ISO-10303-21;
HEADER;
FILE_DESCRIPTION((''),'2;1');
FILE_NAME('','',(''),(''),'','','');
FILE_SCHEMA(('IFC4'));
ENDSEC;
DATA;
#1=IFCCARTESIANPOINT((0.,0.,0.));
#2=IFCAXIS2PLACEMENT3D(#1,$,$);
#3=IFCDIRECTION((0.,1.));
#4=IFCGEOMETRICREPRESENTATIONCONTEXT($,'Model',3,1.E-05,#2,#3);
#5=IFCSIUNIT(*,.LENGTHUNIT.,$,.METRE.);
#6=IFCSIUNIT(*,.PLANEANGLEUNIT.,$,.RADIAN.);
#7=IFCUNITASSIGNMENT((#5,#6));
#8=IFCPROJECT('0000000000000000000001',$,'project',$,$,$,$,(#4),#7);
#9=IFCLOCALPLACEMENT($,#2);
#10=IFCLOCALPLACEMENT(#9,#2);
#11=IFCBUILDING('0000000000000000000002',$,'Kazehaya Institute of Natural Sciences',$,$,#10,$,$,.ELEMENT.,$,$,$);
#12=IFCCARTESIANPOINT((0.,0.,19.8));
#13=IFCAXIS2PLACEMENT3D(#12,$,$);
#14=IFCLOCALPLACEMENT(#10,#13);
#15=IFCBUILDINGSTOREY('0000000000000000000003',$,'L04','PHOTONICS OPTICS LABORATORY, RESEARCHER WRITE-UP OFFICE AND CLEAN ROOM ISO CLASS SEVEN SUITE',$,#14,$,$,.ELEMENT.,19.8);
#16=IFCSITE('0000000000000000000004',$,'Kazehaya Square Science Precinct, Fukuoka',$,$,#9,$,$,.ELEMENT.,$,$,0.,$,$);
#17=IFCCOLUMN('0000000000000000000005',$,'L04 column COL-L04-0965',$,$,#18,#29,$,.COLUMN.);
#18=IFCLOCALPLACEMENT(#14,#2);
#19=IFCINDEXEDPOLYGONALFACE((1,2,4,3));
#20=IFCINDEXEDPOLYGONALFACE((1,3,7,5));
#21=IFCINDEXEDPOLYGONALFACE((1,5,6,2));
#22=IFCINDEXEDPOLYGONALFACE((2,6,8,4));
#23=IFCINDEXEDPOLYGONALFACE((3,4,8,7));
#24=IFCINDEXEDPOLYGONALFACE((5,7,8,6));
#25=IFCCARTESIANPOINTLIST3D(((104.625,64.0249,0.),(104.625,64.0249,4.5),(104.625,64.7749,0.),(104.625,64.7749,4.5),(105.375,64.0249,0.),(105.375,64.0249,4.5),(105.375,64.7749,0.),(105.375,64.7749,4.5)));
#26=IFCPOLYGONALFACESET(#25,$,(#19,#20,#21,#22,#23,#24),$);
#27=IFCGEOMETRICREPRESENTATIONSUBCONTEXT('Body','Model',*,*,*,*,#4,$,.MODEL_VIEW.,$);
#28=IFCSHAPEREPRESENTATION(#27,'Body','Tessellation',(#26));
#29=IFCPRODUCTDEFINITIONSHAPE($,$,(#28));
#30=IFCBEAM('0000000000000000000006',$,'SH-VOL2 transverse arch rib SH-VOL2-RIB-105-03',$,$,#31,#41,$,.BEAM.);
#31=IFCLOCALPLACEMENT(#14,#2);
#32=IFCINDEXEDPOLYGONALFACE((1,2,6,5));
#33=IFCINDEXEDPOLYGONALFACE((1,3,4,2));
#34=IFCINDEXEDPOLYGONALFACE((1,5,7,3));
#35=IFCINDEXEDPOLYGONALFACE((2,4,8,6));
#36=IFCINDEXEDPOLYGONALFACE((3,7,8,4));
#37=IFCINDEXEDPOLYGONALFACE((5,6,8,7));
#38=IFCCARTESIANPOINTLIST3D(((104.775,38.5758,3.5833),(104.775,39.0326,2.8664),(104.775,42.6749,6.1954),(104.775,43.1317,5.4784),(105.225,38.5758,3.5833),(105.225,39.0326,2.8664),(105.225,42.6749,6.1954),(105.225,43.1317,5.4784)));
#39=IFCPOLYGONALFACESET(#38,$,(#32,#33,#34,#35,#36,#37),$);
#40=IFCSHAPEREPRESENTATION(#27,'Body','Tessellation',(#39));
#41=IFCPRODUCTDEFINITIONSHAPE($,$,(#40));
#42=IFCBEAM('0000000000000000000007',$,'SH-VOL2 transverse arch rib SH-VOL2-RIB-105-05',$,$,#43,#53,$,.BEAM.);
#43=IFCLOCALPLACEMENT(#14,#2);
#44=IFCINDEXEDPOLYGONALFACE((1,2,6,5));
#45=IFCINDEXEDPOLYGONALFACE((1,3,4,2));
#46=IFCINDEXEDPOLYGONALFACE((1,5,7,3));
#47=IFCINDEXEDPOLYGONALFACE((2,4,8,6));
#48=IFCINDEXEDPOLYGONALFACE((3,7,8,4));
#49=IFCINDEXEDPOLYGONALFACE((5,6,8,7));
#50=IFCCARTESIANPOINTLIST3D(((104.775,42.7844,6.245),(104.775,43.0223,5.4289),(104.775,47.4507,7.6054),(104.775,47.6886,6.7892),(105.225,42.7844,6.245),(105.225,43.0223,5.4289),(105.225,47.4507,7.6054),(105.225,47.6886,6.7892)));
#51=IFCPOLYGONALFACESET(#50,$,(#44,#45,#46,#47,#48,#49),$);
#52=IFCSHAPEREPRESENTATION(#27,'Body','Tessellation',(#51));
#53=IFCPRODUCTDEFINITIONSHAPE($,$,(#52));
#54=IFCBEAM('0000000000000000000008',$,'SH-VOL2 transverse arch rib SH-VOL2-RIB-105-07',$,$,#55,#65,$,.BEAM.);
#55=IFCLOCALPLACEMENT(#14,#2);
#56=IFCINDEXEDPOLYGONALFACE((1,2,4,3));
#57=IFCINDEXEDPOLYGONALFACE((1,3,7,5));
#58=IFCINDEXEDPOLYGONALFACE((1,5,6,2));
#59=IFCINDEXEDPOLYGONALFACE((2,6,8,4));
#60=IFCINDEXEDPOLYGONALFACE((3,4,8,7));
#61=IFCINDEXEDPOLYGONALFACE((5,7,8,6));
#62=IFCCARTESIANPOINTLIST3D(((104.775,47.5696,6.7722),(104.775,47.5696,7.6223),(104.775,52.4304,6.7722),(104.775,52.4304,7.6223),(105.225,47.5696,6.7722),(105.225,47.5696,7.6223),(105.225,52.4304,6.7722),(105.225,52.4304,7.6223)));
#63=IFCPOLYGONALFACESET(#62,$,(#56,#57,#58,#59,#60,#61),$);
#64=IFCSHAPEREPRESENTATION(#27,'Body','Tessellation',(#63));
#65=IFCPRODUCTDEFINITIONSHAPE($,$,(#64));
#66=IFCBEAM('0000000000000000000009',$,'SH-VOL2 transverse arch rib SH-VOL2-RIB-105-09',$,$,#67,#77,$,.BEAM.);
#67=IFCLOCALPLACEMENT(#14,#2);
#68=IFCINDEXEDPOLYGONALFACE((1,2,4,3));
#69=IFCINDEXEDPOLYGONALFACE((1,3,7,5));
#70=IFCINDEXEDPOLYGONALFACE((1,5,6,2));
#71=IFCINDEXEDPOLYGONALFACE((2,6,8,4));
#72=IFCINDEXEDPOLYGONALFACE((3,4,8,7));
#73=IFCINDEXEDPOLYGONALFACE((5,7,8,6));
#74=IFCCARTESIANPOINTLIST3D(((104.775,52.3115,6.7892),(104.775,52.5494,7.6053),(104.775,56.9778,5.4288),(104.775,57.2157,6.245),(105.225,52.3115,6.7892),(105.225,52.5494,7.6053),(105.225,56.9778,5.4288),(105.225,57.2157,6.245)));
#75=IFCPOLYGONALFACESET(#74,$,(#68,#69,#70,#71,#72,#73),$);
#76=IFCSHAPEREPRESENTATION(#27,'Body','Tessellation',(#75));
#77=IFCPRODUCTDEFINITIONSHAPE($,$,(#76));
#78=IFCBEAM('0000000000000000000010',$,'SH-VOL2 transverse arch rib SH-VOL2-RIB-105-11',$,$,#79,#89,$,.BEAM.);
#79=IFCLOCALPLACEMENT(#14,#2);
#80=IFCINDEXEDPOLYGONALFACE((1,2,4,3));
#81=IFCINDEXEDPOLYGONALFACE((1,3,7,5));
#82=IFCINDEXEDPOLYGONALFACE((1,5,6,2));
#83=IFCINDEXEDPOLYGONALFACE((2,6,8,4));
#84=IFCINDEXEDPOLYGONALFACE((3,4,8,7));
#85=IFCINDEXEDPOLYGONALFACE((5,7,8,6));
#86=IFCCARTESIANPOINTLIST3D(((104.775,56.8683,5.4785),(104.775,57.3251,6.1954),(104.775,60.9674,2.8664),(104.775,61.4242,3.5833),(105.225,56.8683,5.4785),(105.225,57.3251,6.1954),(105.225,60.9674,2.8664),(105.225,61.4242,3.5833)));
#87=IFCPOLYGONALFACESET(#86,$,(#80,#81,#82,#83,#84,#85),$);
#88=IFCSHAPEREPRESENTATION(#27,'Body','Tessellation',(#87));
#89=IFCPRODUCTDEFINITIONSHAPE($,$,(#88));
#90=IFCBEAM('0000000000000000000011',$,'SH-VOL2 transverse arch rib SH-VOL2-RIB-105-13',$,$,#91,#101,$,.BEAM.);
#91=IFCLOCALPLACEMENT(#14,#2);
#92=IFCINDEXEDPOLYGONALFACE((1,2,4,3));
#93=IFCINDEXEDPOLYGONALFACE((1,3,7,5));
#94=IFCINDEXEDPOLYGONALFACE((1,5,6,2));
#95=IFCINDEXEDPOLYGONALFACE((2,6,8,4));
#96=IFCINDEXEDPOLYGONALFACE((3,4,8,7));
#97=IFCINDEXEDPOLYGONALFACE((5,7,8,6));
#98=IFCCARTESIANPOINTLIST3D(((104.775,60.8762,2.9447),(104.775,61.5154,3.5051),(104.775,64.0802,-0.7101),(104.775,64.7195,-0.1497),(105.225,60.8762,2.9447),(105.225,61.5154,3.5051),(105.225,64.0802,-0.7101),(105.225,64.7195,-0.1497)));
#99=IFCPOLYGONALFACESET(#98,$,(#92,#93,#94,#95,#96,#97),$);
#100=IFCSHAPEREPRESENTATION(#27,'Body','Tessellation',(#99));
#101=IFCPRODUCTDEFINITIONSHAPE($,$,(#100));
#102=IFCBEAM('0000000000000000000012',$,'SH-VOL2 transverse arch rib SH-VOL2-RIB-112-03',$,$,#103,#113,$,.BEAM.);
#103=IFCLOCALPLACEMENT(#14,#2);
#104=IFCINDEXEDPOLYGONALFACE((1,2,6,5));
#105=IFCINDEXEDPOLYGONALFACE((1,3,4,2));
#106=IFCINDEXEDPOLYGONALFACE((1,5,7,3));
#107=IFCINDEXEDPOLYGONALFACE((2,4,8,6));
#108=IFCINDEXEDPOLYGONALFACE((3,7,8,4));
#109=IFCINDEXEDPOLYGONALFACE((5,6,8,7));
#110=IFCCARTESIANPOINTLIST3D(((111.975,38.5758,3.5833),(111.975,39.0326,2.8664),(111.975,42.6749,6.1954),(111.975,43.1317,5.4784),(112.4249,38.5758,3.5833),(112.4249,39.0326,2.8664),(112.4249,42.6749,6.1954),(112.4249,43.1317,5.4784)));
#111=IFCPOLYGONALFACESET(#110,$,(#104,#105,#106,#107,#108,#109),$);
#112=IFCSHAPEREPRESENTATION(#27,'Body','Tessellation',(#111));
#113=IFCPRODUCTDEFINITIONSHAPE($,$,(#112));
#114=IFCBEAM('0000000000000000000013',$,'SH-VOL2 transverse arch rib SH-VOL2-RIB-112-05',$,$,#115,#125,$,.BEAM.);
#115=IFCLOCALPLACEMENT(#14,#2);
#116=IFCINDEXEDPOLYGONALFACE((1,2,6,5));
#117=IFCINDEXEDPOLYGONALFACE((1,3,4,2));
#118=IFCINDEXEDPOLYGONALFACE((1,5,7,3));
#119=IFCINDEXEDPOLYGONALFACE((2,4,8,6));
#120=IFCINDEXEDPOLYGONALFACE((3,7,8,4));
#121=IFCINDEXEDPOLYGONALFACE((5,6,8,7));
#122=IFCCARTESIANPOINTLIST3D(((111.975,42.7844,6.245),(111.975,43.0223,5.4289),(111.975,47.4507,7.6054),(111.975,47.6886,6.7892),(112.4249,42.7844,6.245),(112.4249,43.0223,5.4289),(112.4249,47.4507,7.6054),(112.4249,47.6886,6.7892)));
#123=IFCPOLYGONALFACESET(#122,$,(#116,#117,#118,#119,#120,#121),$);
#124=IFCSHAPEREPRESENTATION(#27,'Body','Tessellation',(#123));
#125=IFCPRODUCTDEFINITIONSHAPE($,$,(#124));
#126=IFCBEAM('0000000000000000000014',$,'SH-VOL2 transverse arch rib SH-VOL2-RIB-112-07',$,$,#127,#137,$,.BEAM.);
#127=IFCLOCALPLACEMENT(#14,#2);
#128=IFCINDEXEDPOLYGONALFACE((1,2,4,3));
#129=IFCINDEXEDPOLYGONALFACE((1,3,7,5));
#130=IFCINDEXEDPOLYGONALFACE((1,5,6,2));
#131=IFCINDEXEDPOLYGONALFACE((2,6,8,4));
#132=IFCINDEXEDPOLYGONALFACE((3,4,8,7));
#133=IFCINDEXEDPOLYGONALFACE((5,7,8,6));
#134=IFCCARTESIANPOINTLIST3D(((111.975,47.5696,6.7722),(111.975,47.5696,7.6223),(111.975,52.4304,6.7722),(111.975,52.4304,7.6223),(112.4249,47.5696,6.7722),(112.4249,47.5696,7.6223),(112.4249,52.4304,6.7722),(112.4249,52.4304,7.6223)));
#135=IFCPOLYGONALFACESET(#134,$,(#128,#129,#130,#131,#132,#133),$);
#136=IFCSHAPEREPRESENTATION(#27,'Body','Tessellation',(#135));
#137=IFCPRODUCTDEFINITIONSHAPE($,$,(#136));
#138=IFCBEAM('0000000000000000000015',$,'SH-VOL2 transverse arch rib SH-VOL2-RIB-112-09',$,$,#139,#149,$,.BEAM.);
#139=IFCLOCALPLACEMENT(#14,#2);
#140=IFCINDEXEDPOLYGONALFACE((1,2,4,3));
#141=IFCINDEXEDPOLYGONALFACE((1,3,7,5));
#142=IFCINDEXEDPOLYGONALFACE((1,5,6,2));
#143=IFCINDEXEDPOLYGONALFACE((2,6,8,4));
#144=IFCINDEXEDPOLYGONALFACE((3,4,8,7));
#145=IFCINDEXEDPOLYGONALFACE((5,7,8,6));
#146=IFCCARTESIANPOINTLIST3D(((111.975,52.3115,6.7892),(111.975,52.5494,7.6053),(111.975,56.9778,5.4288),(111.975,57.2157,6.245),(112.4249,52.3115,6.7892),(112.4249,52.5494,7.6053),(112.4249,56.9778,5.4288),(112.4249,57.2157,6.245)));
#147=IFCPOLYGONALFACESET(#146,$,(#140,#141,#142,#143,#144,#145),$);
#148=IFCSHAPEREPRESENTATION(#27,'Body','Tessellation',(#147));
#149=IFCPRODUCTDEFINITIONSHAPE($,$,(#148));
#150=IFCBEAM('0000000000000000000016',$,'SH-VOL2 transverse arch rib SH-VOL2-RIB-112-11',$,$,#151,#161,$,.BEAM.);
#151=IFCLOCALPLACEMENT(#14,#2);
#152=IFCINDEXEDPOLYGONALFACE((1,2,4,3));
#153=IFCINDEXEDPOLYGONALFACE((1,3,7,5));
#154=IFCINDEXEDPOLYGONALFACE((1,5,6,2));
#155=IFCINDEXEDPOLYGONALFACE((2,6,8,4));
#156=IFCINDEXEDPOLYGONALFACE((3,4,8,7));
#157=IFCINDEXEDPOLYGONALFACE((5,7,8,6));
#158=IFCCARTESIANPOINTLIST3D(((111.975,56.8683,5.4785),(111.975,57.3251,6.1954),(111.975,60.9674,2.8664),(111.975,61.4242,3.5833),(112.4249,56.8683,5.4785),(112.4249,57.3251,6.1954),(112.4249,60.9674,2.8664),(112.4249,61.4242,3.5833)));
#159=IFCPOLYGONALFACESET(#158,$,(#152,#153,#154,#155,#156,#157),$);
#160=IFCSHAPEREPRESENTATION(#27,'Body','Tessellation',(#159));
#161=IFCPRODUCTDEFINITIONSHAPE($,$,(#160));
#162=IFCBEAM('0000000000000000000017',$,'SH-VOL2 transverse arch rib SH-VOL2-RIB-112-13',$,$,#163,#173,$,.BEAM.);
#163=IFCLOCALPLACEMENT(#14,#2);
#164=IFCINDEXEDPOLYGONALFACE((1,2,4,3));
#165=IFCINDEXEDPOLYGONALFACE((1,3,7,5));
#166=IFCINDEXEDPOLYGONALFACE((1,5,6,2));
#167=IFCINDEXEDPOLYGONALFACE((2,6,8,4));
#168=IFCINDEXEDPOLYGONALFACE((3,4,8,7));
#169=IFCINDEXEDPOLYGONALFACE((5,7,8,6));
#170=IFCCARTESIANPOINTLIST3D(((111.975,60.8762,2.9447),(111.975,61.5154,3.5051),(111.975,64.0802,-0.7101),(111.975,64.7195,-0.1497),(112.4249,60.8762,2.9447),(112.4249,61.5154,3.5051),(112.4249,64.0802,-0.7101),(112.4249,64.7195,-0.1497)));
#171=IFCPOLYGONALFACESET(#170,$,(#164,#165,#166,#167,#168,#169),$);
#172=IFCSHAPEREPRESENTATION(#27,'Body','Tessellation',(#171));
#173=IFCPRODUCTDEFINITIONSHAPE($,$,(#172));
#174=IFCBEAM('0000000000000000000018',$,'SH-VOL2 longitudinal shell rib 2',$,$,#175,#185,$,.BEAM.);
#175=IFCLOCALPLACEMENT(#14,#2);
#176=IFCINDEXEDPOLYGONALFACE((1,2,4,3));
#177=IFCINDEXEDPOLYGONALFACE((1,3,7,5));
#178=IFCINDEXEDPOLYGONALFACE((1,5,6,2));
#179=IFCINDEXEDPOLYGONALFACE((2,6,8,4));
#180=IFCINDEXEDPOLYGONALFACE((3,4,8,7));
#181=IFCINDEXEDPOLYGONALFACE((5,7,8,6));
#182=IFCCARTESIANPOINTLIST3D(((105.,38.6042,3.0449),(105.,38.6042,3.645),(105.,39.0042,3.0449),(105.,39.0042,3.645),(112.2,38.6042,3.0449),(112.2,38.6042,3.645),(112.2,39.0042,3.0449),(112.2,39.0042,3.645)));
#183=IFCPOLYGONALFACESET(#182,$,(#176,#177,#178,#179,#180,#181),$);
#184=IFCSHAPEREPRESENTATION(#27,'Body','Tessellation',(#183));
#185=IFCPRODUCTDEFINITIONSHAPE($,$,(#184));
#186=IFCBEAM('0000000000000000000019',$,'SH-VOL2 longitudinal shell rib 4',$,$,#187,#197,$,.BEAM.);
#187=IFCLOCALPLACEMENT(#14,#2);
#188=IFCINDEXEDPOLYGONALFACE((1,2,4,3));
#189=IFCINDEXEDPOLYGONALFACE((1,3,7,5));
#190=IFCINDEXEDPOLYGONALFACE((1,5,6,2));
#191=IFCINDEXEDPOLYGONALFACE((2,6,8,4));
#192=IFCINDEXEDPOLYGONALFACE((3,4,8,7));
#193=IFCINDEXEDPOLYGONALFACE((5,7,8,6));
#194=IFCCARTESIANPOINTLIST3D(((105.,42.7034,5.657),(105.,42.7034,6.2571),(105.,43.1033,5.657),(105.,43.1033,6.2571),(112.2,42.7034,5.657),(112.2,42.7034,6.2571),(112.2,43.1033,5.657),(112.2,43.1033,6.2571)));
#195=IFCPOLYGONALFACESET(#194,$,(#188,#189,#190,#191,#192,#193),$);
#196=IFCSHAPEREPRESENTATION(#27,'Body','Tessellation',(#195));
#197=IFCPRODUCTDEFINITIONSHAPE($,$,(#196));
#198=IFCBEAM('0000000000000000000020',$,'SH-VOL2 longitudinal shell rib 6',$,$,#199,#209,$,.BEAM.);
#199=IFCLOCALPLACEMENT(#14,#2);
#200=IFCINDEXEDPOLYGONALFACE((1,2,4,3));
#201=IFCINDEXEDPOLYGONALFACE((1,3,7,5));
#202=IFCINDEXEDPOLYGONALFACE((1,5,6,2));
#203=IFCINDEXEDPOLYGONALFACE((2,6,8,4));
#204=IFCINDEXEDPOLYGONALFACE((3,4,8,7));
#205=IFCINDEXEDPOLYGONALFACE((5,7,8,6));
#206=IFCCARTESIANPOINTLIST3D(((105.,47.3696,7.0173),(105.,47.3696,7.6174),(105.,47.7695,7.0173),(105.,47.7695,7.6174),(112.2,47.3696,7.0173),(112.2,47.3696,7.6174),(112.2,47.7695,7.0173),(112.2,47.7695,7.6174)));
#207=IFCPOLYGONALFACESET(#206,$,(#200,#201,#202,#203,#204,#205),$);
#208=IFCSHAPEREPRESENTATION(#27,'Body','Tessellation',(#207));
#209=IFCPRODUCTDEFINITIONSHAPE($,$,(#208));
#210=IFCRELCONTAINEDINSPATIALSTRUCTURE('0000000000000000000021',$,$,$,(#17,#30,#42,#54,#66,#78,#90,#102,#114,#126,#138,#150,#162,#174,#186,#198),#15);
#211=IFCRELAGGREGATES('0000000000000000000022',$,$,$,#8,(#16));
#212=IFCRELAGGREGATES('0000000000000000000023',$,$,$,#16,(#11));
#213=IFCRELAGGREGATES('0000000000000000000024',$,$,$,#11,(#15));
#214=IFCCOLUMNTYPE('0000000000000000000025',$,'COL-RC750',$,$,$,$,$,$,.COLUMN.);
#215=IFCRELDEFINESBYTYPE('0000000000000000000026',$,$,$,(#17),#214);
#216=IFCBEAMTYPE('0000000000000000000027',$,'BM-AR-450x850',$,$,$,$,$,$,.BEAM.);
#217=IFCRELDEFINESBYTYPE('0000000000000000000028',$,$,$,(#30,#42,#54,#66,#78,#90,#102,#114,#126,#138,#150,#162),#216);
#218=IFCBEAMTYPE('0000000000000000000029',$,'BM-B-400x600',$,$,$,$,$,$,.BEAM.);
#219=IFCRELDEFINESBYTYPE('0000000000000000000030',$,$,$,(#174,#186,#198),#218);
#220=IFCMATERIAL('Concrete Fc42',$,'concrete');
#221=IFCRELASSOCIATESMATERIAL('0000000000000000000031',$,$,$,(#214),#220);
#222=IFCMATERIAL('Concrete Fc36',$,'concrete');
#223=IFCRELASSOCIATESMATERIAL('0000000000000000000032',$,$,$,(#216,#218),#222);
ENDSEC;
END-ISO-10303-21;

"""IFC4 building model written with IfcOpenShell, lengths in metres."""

from ifc_helpers import new_model, si_unit, direction, frame, origin, origin_2d, place, context, subcontext, project, spatial, rectangle, extrude, material, material_profile, profile_set, type_object, element, save


model = new_model("IFC4")

# Units and contexts
model_context = context("Model", 3, precision=1e-05, world=origin(), true_north=direction((0.0, 1.0)))
body_context = subcontext(model_context, "Body", "Model", "MODEL_VIEW")
ifc_project = project(units=[si_unit("LENGTHUNIT", "METRE"), si_unit("PLANEANGLEUNIT", "RADIAN")], contexts=[model_context])

# Site, building, storey
site_placement = place(None, origin())
site = spatial("IfcSite", under=ifc_project, at=site_placement, Name="Kazehaya Square Science Precinct, Fukuoka", CompositionType="ELEMENT", RefElevation=0.0)
building_placement = place(site_placement, origin())
building = spatial("IfcBuilding", under=site, at=building_placement, Name="Kazehaya Institute of Natural Sciences", CompositionType="ELEMENT")
storey_placement = place(building_placement, frame((0.0, 0.0, 19.8)))
storey = spatial("IfcBuildingStorey", under=building, at=storey_placement, Name="L04", Description="PHOTONICS OPTICS LABORATORY, RESEARCHER WRITE-UP OFFICE AND CLEAN ROOM ISO CLASS SEVEN SUITE", CompositionType="ELEMENT", Elevation=19.8)

# Column
ifc_material_1 = material(Name="Concrete Fc42", Category="concrete")
ifc_material_profile_1 = material_profile(ifc_material_1, rectangle(XDim=0.75, YDim=0.75, at=origin_2d()), Name="RC-750x750")
ifc_profile_set_1 = profile_set([ifc_material_profile_1], Name="Concrete Fc42")
column_type = type_object("IfcColumnType", Name="COL-RC750", PredefinedType="COLUMN", material=ifc_profile_set_1)
column_placement = place(storey_placement, frame((105.0, 64.3999, 0.0), z_axis=(0.0, 0.0, 1.0), x_axis=(1.0, 0.0, 0.0)))
element("IfcColumn", 1, at=column_placement, inside=storey, type_object=column_type, Name="L04 column COL-L04-0965", PredefinedType="COLUMN", context=body_context, shape_type="SweptSolid", body=[
    extrude(rectangle(XDim=0.75, YDim=0.75, at=origin_2d()), origin(), (0.0, 0.0, 1.0), 4.5),
])

# Beams
ifc_material_2 = material(Name="Concrete Fc36", Category="concrete")
ifc_material_profile_2 = material_profile(ifc_material_2, rectangle(XDim=0.45, YDim=0.8501, at=origin_2d()), Name="RC-450x850")
ifc_profile_set_2 = profile_set([ifc_material_profile_2], Name="Concrete Fc36")
beam_type_1 = type_object("IfcBeamType", Name="BM-AR-450x850", PredefinedType="BEAM", material=ifc_profile_set_2)
for number, where, z_axis, x_axis, name in (
    (2, (105.0, 38.8042, 3.2249), (0.0, 0.843332, 0.537392), (-1.0, 0.0, 0.0), "SH-VOL2 transverse arch rib SH-VOL2-RIB-105-03"),
    (3, (105.0, 42.9033, 5.8369), (0.0, 0.960035, 0.279878), (-1.0, 0.0, 0.0), "SH-VOL2 transverse arch rib SH-VOL2-RIB-105-05"),
):
    element("IfcBeam", number, at=place(storey_placement, frame(where, z_axis=z_axis, x_axis=x_axis)), inside=storey, type_object=beam_type_1, Name=name, PredefinedType="BEAM", context=body_context, shape_type="SweptSolid", body=[
        extrude(rectangle(XDim=0.45, YDim=0.8501, at=origin_2d()), origin(), (0.0, 0.0, 1.0), 4.8606),
    ])
beam_1_placement = place(storey_placement, frame((105.0, 47.5696, 7.1973), z_axis=(0.0, 1.0, 0.0), x_axis=(-1.0, 0.0, 0.0)))
element("IfcBeam", 4, at=beam_1_placement, inside=storey, type_object=beam_type_1, Name="SH-VOL2 transverse arch rib SH-VOL2-RIB-105-07", PredefinedType="BEAM", context=body_context, shape_type="SweptSolid", body=[
    extrude(rectangle(XDim=0.45, YDim=0.8501, at=origin_2d()), origin(), (0.0, 0.0, 1.0), 4.8608),
])
for number, where, z_axis, x_axis, name in (
    (5, (105.0, 52.4304, 7.1973), (0.0, 0.960035, -0.279878), (-1.0, 0.0, 0.0), "SH-VOL2 transverse arch rib SH-VOL2-RIB-105-09"),
    (6, (105.0, 57.0967, 5.8369), (0.0, 0.843332, -0.537392), (-1.0, 0.0, 0.0), "SH-VOL2 transverse arch rib SH-VOL2-RIB-105-11"),
):
    element("IfcBeam", number, at=place(storey_placement, frame(where, z_axis=z_axis, x_axis=x_axis)), inside=storey, type_object=beam_type_1, Name=name, PredefinedType="BEAM", context=body_context, shape_type="SweptSolid", body=[
        extrude(rectangle(XDim=0.45, YDim=0.8501, at=origin_2d()), origin(), (0.0, 0.0, 1.0), 4.8606),
    ])
beam_2_placement = place(storey_placement, frame((105.0, 61.1958, 3.2249), z_axis=(0.0, 0.659223, -0.751948), x_axis=(-1.0, 0.0, 0.0)))
element("IfcBeam", 7, at=beam_2_placement, inside=storey, type_object=beam_type_1, Name="SH-VOL2 transverse arch rib SH-VOL2-RIB-105-13", PredefinedType="BEAM", context=body_context, shape_type="SweptSolid", body=[
    extrude(rectangle(XDim=0.45, YDim=0.8501, at=origin_2d()), origin(), (0.0, 0.0, 1.0), 4.8604),
])
for number, where, z_axis, x_axis, name in (
    (8, (112.2, 38.8042, 3.2249), (0.0, 0.843332, 0.537392), (-1.0, 0.0, 0.0), "SH-VOL2 transverse arch rib SH-VOL2-RIB-112-03"),
    (9, (112.2, 42.9033, 5.8369), (0.0, 0.960035, 0.279878), (-1.0, 0.0, 0.0), "SH-VOL2 transverse arch rib SH-VOL2-RIB-112-05"),
):
    element("IfcBeam", number, at=place(storey_placement, frame(where, z_axis=z_axis, x_axis=x_axis)), inside=storey, type_object=beam_type_1, Name=name, PredefinedType="BEAM", context=body_context, shape_type="SweptSolid", body=[
        extrude(rectangle(XDim=0.45, YDim=0.8501, at=origin_2d()), origin(), (0.0, 0.0, 1.0), 4.8606),
    ])
beam_3_placement = place(storey_placement, frame((112.2, 47.5696, 7.1973), z_axis=(0.0, 1.0, 0.0), x_axis=(-1.0, 0.0, 0.0)))
element("IfcBeam", 10, at=beam_3_placement, inside=storey, type_object=beam_type_1, Name="SH-VOL2 transverse arch rib SH-VOL2-RIB-112-07", PredefinedType="BEAM", context=body_context, shape_type="SweptSolid", body=[
    extrude(rectangle(XDim=0.45, YDim=0.8501, at=origin_2d()), origin(), (0.0, 0.0, 1.0), 4.8608),
])
for number, where, z_axis, x_axis, name in (
    (11, (112.2, 52.4304, 7.1973), (0.0, 0.960035, -0.279878), (-1.0, 0.0, 0.0), "SH-VOL2 transverse arch rib SH-VOL2-RIB-112-09"),
    (12, (112.2, 57.0967, 5.8369), (0.0, 0.843332, -0.537392), (-1.0, 0.0, 0.0), "SH-VOL2 transverse arch rib SH-VOL2-RIB-112-11"),
):
    element("IfcBeam", number, at=place(storey_placement, frame(where, z_axis=z_axis, x_axis=x_axis)), inside=storey, type_object=beam_type_1, Name=name, PredefinedType="BEAM", context=body_context, shape_type="SweptSolid", body=[
        extrude(rectangle(XDim=0.45, YDim=0.8501, at=origin_2d()), origin(), (0.0, 0.0, 1.0), 4.8606),
    ])
beam_4_placement = place(storey_placement, frame((112.2, 61.1958, 3.2249), z_axis=(0.0, 0.659223, -0.751948), x_axis=(-1.0, 0.0, 0.0)))
element("IfcBeam", 13, at=beam_4_placement, inside=storey, type_object=beam_type_1, Name="SH-VOL2 transverse arch rib SH-VOL2-RIB-112-13", PredefinedType="BEAM", context=body_context, shape_type="SweptSolid", body=[
    extrude(rectangle(XDim=0.45, YDim=0.8501, at=origin_2d()), origin(), (0.0, 0.0, 1.0), 4.8604),
])
ifc_material_profile_3 = material_profile(ifc_material_2, rectangle(XDim=0.3999, YDim=0.6001, at=origin_2d()), Name="RC-400x600")
ifc_profile_set_3 = profile_set([ifc_material_profile_3], Name="Concrete Fc36")
beam_type_2 = type_object("IfcBeamType", Name="BM-B-400x600", PredefinedType="BEAM", material=ifc_profile_set_3)
for number, where, z_axis, x_axis, name in (
    (14, (105.0, 38.8042, 3.345), (1.0, 0.0, 0.0), (0.0, 1.0, 0.0), "SH-VOL2 longitudinal shell rib 2"),
    (15, (105.0, 42.9033, 5.957), (1.0, 0.0, 0.0), (0.0, 1.0, 0.0), "SH-VOL2 longitudinal shell rib 4"),
    (16, (105.0, 47.5696, 7.3174), (1.0, 0.0, 0.0), (0.0, 1.0, 0.0), "SH-VOL2 longitudinal shell rib 6"),
):
    element("IfcBeam", number, at=place(storey_placement, frame(where, z_axis=z_axis, x_axis=x_axis)), inside=storey, type_object=beam_type_2, Name=name, PredefinedType="BEAM", context=body_context, shape_type="SweptSolid", body=[
        extrude(rectangle(XDim=0.3999, YDim=0.6001, at=origin_2d()), origin(), (0.0, 0.0, 1.0), 7.2),
    ])

save(model, "model.ifc")
